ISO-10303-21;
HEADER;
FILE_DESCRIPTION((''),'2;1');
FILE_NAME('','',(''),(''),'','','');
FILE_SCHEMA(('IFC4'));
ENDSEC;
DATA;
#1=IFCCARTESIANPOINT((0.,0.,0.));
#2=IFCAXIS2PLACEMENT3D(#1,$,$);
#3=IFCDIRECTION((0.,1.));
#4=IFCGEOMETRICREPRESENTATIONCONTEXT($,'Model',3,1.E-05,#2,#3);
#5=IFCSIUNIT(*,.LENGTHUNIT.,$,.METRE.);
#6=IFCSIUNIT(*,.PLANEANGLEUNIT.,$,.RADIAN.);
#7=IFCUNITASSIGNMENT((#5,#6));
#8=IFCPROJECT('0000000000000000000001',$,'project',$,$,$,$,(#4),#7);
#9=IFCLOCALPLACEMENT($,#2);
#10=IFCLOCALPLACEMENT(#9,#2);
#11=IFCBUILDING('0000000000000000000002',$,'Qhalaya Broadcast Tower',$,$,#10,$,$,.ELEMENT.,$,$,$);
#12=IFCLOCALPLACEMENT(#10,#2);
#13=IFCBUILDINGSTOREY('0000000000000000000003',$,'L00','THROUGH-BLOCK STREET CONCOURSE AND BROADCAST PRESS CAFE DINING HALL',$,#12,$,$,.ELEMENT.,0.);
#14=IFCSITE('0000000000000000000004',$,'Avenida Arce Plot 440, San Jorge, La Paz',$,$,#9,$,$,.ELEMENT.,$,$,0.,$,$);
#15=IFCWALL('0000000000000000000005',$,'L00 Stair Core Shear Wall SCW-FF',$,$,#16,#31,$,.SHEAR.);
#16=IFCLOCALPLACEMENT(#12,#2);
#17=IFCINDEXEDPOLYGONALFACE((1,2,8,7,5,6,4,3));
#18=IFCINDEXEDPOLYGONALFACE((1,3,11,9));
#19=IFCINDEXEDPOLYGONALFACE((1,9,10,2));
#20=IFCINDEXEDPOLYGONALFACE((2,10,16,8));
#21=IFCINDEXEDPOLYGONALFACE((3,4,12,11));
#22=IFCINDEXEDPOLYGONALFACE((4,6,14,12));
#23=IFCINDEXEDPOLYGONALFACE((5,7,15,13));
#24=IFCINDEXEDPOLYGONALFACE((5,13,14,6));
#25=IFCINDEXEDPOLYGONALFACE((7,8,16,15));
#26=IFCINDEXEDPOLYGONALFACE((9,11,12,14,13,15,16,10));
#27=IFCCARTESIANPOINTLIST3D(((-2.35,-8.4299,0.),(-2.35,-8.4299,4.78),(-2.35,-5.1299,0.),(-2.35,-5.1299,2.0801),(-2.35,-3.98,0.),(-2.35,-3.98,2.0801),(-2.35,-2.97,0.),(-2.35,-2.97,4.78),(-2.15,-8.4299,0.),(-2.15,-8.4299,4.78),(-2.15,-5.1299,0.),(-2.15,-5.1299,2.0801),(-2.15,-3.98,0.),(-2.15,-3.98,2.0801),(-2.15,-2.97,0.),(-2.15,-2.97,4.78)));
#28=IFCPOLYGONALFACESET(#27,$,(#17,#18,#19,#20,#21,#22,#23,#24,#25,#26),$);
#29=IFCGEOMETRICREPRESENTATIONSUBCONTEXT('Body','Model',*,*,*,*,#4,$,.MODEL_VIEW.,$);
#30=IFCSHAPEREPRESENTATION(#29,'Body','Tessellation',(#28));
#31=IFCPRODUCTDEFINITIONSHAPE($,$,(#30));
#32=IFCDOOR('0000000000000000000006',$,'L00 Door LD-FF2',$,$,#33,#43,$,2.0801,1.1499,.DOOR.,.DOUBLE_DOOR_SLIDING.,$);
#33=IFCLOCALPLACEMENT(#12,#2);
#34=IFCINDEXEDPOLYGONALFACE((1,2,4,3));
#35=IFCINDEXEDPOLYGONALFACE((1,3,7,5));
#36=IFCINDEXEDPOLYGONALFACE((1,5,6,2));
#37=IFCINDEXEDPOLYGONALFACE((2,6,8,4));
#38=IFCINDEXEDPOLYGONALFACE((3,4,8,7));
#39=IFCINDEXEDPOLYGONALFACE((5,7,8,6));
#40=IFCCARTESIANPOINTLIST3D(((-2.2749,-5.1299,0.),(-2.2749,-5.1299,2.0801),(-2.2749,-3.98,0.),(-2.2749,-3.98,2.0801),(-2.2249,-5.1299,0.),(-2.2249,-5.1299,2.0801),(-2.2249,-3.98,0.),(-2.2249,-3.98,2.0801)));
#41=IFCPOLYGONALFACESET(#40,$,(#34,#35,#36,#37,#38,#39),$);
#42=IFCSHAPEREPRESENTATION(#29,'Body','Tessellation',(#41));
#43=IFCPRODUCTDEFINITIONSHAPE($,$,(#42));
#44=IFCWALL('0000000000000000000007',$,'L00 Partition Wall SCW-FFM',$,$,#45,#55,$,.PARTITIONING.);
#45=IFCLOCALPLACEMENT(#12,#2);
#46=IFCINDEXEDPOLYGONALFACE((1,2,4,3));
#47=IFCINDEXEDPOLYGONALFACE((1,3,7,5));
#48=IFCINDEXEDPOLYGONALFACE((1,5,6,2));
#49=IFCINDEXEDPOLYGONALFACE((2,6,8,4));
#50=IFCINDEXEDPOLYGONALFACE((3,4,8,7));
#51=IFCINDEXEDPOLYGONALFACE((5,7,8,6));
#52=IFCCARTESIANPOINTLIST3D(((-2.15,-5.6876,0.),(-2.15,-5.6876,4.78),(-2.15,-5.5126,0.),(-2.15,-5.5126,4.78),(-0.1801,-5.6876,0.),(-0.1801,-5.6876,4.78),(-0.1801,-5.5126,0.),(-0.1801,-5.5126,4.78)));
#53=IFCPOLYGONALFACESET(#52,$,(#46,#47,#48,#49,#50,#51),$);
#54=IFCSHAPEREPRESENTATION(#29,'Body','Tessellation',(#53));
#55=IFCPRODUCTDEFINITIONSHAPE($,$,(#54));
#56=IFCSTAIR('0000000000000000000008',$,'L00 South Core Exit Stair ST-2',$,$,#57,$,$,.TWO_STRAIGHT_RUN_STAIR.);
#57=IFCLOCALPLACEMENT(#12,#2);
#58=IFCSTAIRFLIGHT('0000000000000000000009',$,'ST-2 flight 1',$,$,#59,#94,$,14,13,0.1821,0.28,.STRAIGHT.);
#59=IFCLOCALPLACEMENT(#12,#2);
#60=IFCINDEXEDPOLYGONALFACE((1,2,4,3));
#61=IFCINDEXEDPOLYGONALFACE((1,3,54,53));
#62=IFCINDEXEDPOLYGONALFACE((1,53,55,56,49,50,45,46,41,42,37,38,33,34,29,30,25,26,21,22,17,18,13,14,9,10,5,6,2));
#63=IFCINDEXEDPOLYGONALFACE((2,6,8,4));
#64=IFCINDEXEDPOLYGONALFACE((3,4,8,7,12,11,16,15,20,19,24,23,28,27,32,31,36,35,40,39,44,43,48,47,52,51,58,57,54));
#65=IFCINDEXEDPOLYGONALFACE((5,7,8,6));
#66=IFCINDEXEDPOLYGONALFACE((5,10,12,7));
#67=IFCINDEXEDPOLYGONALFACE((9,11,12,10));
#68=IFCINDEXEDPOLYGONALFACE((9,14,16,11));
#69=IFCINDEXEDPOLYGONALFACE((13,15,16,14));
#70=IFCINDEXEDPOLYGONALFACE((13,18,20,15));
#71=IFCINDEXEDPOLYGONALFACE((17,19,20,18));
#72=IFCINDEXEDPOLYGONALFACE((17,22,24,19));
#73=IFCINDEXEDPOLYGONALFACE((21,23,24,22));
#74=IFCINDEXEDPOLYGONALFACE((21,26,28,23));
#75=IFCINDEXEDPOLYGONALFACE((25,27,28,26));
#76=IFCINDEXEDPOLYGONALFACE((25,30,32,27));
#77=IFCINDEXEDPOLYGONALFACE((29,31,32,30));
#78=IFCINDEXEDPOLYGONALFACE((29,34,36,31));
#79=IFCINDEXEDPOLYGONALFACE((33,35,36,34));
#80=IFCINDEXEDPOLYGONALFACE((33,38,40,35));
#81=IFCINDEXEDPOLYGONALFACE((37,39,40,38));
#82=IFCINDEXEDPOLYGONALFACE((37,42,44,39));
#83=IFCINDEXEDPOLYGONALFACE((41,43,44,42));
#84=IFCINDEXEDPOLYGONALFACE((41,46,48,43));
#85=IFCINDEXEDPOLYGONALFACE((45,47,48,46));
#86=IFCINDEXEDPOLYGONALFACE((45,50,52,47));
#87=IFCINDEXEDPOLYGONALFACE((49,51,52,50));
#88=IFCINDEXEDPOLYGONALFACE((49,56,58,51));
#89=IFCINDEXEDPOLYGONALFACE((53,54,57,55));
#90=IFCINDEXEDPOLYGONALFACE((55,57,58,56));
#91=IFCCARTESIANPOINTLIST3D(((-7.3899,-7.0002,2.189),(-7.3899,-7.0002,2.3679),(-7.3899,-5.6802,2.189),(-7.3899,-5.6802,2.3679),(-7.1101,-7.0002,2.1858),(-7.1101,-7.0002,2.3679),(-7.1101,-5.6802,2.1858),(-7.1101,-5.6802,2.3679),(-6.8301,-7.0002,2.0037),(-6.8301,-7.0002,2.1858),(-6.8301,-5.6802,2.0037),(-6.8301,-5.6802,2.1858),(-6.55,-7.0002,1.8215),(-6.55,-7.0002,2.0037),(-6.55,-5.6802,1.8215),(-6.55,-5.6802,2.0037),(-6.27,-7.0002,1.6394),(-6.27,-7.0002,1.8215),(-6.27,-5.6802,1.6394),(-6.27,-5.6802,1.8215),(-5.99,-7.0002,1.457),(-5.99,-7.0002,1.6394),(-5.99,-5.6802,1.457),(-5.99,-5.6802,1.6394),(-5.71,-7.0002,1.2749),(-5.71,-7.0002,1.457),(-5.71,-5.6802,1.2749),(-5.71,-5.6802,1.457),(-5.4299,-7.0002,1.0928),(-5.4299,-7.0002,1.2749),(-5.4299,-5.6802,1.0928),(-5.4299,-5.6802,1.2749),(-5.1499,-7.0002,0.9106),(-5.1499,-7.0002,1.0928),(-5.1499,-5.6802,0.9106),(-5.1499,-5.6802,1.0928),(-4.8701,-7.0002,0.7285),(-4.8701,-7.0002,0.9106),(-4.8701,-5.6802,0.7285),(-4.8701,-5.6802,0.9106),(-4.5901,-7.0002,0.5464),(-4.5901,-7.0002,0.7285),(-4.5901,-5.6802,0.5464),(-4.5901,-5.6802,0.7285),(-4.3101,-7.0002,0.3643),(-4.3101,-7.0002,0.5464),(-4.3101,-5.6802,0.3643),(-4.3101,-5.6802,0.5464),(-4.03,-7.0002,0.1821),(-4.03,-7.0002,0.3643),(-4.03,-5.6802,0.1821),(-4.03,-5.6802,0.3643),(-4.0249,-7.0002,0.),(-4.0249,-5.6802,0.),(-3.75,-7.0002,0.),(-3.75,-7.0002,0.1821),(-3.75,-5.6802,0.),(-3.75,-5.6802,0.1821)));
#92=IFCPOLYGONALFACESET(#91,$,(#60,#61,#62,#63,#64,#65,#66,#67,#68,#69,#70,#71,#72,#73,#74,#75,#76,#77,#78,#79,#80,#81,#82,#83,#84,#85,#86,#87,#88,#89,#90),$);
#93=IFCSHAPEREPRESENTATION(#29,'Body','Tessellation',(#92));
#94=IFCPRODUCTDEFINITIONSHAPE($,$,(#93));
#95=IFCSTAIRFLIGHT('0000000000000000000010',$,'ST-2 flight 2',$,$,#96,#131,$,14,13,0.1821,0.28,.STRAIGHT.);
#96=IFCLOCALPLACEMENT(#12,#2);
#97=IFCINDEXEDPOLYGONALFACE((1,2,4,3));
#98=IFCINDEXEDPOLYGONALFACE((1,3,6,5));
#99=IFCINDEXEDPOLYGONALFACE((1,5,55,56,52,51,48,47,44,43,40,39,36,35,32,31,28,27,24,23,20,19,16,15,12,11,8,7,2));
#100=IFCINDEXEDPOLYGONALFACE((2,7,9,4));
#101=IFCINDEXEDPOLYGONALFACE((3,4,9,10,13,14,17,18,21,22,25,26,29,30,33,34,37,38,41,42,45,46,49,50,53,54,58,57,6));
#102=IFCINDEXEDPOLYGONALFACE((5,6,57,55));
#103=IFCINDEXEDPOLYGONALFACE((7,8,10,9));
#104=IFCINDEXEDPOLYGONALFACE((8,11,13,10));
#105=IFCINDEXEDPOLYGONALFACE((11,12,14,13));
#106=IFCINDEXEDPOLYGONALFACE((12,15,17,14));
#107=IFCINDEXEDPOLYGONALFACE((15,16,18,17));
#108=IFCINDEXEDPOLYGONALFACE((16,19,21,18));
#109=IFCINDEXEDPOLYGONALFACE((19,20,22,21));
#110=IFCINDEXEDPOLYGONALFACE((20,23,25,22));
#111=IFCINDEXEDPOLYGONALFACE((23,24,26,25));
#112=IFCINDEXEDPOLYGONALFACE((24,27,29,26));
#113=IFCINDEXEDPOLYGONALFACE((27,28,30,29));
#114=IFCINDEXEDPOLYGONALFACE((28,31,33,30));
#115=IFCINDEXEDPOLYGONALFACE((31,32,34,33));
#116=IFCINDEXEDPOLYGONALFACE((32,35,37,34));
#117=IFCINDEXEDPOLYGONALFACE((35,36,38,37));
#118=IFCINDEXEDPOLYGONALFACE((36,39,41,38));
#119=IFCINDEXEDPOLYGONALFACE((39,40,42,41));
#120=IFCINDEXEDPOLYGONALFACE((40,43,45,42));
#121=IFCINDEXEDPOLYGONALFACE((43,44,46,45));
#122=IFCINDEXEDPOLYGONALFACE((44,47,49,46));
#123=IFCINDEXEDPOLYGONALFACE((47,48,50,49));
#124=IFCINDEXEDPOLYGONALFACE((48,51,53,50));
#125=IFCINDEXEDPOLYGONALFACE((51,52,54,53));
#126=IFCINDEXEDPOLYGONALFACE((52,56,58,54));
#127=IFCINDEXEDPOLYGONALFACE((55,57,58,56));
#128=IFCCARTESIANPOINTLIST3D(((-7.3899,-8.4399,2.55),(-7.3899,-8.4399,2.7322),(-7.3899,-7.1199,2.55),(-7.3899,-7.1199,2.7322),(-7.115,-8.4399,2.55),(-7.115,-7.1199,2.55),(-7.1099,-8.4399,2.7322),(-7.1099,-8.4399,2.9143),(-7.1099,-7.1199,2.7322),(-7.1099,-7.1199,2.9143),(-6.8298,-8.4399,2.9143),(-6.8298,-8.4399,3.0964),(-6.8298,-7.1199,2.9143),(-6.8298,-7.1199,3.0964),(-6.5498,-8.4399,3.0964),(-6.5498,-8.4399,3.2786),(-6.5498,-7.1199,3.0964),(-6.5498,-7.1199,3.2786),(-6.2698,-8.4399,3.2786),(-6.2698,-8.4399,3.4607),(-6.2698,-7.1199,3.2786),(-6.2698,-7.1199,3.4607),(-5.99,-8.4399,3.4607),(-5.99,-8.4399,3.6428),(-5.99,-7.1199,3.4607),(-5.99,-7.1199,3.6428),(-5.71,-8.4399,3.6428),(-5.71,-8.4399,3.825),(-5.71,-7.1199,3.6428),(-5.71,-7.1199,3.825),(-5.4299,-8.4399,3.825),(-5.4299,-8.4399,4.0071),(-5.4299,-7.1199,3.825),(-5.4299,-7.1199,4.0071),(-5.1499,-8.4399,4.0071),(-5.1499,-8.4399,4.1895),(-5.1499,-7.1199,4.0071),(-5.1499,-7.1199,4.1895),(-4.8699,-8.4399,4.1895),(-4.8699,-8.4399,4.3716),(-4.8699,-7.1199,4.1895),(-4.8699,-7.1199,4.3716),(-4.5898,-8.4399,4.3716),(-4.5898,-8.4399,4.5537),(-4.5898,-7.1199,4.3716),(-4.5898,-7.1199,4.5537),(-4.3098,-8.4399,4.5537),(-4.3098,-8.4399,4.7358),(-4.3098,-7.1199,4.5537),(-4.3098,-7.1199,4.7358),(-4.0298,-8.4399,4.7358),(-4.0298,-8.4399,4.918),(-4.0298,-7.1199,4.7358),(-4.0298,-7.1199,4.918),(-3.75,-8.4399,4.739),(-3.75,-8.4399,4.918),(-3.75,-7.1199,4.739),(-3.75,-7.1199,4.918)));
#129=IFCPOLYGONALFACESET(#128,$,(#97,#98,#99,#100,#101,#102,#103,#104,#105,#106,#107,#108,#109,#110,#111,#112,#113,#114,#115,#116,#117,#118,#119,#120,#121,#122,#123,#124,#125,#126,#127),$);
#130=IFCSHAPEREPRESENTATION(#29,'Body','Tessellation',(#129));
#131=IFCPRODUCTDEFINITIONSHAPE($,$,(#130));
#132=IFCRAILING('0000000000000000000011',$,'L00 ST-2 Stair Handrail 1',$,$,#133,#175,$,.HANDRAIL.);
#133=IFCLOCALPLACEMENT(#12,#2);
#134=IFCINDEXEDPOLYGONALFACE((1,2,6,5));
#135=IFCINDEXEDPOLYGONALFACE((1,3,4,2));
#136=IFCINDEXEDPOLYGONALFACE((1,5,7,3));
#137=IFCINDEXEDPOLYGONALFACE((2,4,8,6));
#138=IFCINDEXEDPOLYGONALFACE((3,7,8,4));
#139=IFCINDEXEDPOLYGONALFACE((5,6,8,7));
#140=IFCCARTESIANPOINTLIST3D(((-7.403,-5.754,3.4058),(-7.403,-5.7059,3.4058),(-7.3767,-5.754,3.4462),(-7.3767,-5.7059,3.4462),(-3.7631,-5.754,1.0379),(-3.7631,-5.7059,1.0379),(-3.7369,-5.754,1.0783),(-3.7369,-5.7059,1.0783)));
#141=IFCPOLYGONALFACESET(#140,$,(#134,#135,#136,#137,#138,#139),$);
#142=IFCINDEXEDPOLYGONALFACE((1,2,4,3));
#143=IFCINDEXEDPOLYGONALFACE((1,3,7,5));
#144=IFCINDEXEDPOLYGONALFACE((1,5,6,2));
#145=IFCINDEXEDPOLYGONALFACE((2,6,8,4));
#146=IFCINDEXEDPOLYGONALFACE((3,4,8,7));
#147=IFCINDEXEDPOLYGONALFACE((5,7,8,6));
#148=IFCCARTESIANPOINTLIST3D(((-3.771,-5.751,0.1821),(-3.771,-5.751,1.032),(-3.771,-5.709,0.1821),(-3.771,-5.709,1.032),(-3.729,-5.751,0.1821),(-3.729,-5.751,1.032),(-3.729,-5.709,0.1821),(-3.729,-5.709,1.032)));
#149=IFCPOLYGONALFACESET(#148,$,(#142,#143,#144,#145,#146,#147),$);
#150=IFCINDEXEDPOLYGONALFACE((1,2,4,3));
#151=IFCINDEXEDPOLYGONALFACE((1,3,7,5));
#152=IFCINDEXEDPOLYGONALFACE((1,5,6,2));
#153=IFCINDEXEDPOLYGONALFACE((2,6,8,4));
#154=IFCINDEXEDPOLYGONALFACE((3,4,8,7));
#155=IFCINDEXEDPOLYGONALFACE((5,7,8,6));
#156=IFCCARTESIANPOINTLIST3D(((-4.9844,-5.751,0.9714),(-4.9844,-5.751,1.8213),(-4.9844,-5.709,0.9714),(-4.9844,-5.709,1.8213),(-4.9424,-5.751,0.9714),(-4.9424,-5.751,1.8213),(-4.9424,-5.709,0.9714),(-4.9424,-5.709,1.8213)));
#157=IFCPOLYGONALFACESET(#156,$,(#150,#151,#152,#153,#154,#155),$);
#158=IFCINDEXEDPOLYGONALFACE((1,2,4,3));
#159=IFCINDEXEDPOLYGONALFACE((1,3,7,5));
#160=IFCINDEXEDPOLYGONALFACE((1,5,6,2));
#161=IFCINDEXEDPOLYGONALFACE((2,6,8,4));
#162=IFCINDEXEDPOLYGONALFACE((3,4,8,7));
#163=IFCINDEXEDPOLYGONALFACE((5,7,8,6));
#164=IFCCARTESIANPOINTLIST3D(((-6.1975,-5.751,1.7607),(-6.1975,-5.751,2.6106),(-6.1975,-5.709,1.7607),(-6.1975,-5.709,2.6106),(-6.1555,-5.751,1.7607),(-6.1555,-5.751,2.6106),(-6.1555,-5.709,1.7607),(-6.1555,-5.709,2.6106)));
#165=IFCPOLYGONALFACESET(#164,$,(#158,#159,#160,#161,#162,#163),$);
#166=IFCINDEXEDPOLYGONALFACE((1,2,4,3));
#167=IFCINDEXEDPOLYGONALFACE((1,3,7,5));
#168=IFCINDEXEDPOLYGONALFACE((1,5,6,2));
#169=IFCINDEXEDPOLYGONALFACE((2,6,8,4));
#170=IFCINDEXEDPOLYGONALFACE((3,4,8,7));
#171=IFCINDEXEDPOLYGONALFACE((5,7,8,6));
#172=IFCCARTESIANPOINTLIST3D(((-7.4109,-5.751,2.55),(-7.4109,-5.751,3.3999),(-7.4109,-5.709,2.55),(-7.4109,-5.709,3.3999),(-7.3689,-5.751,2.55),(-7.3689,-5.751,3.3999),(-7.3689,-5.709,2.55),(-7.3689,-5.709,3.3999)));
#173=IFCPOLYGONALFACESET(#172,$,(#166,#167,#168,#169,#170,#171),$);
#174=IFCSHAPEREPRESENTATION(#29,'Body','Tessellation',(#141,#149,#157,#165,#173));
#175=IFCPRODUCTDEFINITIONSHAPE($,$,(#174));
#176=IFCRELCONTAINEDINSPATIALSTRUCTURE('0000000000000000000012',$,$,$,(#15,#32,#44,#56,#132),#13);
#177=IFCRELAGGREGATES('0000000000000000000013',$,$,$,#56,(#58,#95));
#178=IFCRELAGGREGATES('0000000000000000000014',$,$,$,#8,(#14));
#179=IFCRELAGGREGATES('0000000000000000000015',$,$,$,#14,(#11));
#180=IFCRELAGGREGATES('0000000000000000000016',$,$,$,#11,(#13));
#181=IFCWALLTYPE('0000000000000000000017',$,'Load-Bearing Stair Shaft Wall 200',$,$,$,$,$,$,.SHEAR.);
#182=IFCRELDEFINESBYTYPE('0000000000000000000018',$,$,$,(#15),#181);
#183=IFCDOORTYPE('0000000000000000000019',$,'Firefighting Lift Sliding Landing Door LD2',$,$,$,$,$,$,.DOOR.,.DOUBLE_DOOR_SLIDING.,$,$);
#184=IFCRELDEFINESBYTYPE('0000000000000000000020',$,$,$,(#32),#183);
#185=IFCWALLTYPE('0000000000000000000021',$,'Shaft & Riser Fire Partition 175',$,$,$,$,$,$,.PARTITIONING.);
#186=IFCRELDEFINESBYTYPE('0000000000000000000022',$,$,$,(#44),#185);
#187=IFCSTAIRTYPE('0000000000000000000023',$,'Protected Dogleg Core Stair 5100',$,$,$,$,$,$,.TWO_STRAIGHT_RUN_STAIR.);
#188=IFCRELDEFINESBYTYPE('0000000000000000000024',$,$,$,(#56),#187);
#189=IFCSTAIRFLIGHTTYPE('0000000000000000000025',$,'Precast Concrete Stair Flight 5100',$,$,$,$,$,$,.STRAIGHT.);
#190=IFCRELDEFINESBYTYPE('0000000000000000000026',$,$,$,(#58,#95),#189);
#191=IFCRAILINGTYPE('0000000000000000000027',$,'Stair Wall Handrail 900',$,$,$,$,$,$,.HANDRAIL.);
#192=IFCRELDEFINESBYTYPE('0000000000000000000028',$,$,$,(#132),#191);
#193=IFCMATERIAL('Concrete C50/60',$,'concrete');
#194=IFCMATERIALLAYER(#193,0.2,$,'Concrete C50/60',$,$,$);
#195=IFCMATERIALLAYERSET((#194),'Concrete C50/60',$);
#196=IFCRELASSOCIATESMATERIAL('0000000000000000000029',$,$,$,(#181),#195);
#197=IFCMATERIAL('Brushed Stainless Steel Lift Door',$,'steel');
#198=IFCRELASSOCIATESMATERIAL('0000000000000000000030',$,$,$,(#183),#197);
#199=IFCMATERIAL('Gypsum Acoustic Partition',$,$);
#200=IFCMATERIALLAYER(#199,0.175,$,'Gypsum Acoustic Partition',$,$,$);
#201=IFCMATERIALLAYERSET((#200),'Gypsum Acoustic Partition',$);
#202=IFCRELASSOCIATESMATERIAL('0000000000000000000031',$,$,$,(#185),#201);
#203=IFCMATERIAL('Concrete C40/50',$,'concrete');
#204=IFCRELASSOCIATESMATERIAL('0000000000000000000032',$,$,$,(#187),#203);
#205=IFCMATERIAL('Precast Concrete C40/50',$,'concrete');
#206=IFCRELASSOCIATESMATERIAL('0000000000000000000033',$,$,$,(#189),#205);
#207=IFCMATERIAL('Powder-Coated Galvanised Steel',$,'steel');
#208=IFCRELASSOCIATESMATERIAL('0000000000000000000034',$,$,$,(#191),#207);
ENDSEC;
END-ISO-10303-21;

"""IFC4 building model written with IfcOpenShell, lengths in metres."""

from ifc_helpers import new_model, si_unit, direction, frame, frame_2d, origin, origin_2d, place, context, subcontext, project, spatial, polyline, rectangle, outline, extrude, material, layer, layer_set, type_object, element, fill, aggregate, save


model = new_model("IFC4")

# Units and contexts
model_context = context("Model", 3, precision=1e-05, world=origin(), true_north=direction((0.0, 1.0)))
body_context = subcontext(model_context, "Body", "Model", "MODEL_VIEW")
ifc_project = project(units=[si_unit("LENGTHUNIT", "METRE"), si_unit("PLANEANGLEUNIT", "RADIAN")], contexts=[model_context])

# Site, building, storey
site_placement = place(None, origin())
site = spatial("IfcSite", under=ifc_project, at=site_placement, Name="Avenida Arce Plot 440, San Jorge, La Paz", CompositionType="ELEMENT", RefElevation=0.0)
building_placement = place(site_placement, origin())
building = spatial("IfcBuilding", under=site, at=building_placement, Name="Qhalaya Broadcast Tower", CompositionType="ELEMENT")
storey_placement = place(building_placement, origin())
storey = spatial("IfcBuildingStorey", under=building, at=storey_placement, Name="L00", Description="THROUGH-BLOCK STREET CONCOURSE AND BROADCAST PRESS CAFE DINING HALL", CompositionType="ELEMENT", Elevation=0.0)

# Shared definitions
ifc_material_1 = material(Name="Concrete C50/60", Category="concrete")

# Wall, opening, door
ifc_layer_1 = layer(ifc_material_1, 0.2, Name="Concrete C50/60")
ifc_layer_set_1 = layer_set([ifc_layer_1], Name="Concrete C50/60")
wall_type_1 = type_object("IfcWallType", Name="Load-Bearing Stair Shaft Wall 200", PredefinedType="SHEAR", material=ifc_layer_set_1)
wall_1_placement = place(storey_placement, frame((-2.25, -8.4299, 0.0), z_axis=(0.0, 0.0, 1.0), x_axis=(0.0, 1.0, 0.0)))
wall_1 = element("IfcWall", 1, at=wall_1_placement, inside=storey, type_object=wall_type_1, Name="L00 Stair Core Shear Wall SCW-FF", PredefinedType="SHEAR", context=body_context, shape_type="SweptSolid", body=[
    extrude(rectangle(XDim=5.46, YDim=0.2, at=frame_2d((2.73, 0.0))), origin(), (0.0, 0.0, 1.0), 4.78),
])
opening_1_placement = place(wall_1_placement, frame((3.3, 0.0, 0.0)))
opening_1 = element("IfcOpeningElement", 2, at=opening_1_placement, cuts=wall_1, PredefinedType="OPENING", context=body_context, shape_type="SweptSolid", body=[
    extrude(rectangle(XDim=1.1499, YDim=2.0801, at=frame_2d((0.575, 1.04))), frame((0.0, 0.1121, 0.0), z_axis=(0.0, -1.0, 0.0), x_axis=(1.0, 0.0, 0.0)), (0.0, 0.0, 1.0), 0.2239),
])
ifc_material_2 = material(Name="Brushed Stainless Steel Lift Door", Category="steel")
door_type_1 = type_object("IfcDoorType", Name="Firefighting Lift Sliding Landing Door LD2", OperationType="DOUBLE_DOOR_SLIDING", PredefinedType="DOOR", material=ifc_material_2)
door_1_placement = place(opening_1_placement, origin())
door_1 = element("IfcDoor", 3, at=door_1_placement, inside=storey, type_object=door_type_1, Name="L00 Door LD-FF2", OperationType="DOUBLE_DOOR_SLIDING", OverallHeight=2.0801, OverallWidth=1.1499, PredefinedType="DOOR", context=body_context, shape_type="SweptSolid", body=[
    extrude(rectangle(XDim=1.1499, YDim=2.0801, at=frame_2d((0.575, 1.04))), frame((0.0, 0.0249, 0.0), z_axis=(0.0, -1.0, 0.0), x_axis=(1.0, 0.0, 0.0)), (0.0, 0.0, 1.0), 0.05),
])
fill(opening_1, door_1)

# Wall
ifc_material_3 = material(Name="Gypsum Acoustic Partition")
ifc_layer_2 = layer(ifc_material_3, 0.175, Name="Gypsum Acoustic Partition")
ifc_layer_set_2 = layer_set([ifc_layer_2], Name="Gypsum Acoustic Partition")
wall_type_2 = type_object("IfcWallType", Name="Shaft & Riser Fire Partition 175", PredefinedType="PARTITIONING", material=ifc_layer_set_2)
wall_2_placement = place(storey_placement, frame((-2.1499, -5.6001, 0.0), z_axis=(0.0, 0.0, 1.0), x_axis=(1.0, 0.0, 0.0)))
element("IfcWall", 4, at=wall_2_placement, inside=storey, type_object=wall_type_2, Name="L00 Partition Wall SCW-FFM", PredefinedType="PARTITIONING", context=body_context, shape_type="SweptSolid", body=[
    extrude(rectangle(XDim=1.97, YDim=0.175, at=frame_2d((0.9849, 0.0))), origin(), (0.0, 0.0, 1.0), 4.78),
])

# Stair, stair flights
ifc_material_4 = material(Name="Concrete C40/50", Category="concrete")
stair_type = type_object("IfcStairType", Name="Protected Dogleg Core Stair 5100", PredefinedType="TWO_STRAIGHT_RUN_STAIR", material=ifc_material_4)
stair_placement = place(storey_placement, origin())
stair = element("IfcStair", 5, at=stair_placement, inside=storey, type_object=stair_type, Name="L00 South Core Exit Stair ST-2", PredefinedType="TWO_STRAIGHT_RUN_STAIR")
ifc_material_5 = material(Name="Precast Concrete C40/50", Category="concrete")
stair_flight_type = type_object("IfcStairFlightType", Name="Precast Concrete Stair Flight 5100", PredefinedType="STRAIGHT", material=ifc_material_5)
stair_flight_1_placement = place(storey_placement, frame((-3.75, -6.3401, 0.0), z_axis=(0.0, 0.0, 1.0), x_axis=(-1.0, 0.0, 0.0)))
stair_flight_1 = element("IfcStairFlight", 6, at=stair_flight_1_placement, type_object=stair_flight_type, Name="ST-2 flight 1", NumberOfRisers=14, NumberOfTreads=13, PredefinedType="STRAIGHT", RiserHeight=0.1821, TreadLength=0.28, context=body_context, shape_type="SweptSolid", body=[
    extrude(outline(polyline([(0.0, 0.0), (0.0, 0.1821), (0.28, 0.1821), (0.28, 0.3643), (0.5601, 0.3643), (0.5601, 0.5464), (0.8401, 0.5464), (0.8401, 0.7285), (1.1201, 0.7285), (1.1201, 0.9106), (1.3999, 0.9106), (1.3999, 1.0928), (1.6799, 1.0928), (1.6799, 1.2749), (1.96, 1.2749), (1.96, 1.457), (2.24, 1.457), (2.24, 1.6394), (2.52, 1.6394), (2.52, 1.8215), (2.8, 1.8215), (2.8, 2.0037), (3.0801, 2.0037), (3.0801, 2.1858), (3.3601, 2.1858), (3.3601, 2.3679), (3.6399, 2.3679), (3.6399, 2.55), (3.6399, 2.189), (0.2749, 0.0), (0.0, 0.0)])), frame((0.0, 0.6602, 0.0), z_axis=(0.0, -1.0, 0.0), x_axis=(1.0, 0.0, 0.0)), (0.0, 0.0, 1.0), 1.3201),
])
stair_flight_2_placement = place(storey_placement, frame((-7.3899, -7.78, 2.55), z_axis=(0.0, 0.0, 1.0), x_axis=(1.0, 0.0, 0.0)))
stair_flight_2 = element("IfcStairFlight", 7, at=stair_flight_2_placement, type_object=stair_flight_type, Name="ST-2 flight 2", NumberOfRisers=14, NumberOfTreads=13, PredefinedType="STRAIGHT", RiserHeight=0.1821, TreadLength=0.28, context=body_context, shape_type="SweptSolid", body=[
    extrude(outline(polyline([(0.0, 0.0), (0.0, 0.1821), (0.28, 0.1821), (0.28, 0.3643), (0.5601, 0.3643), (0.5601, 0.5464), (0.8401, 0.5464), (0.8401, 0.7285), (1.1201, 0.7285), (1.1201, 0.9106), (1.3999, 0.9106), (1.3999, 1.0928), (1.6799, 1.0928), (1.6799, 1.2749), (1.96, 1.2749), (1.96, 1.457), (2.24, 1.457), (2.24, 1.6394), (2.52, 1.6394), (2.52, 1.8215), (2.8, 1.8215), (2.8, 2.0037), (3.0801, 2.0037), (3.0801, 2.1858), (3.3601, 2.1858), (3.3601, 2.3679), (3.6399, 2.3679), (3.6399, 2.55), (3.6399, 2.189), (0.2749, 0.0), (0.0, 0.0)])), frame((0.0, 0.6602, 0.0), z_axis=(0.0, -1.0, 0.0), x_axis=(1.0, 0.0, 0.0)), (0.0, 0.0, 1.0), 1.3201),
])
aggregate(stair, [stair_flight_1, stair_flight_2])

# Railing
ifc_material_6 = material(Name="Powder-Coated Galvanised Steel", Category="steel")
railing_type_1 = type_object("IfcRailingType", Name="Stair Wall Handrail 900", PredefinedType="HANDRAIL", material=ifc_material_6)
railing_1_placement = place(storey_placement, frame((-3.75, -5.73, 0.1821)))
element("IfcRailing", 8, at=railing_1_placement, inside=storey, type_object=railing_type_1, Name="L00 ST-2 Stair Handrail 1", PredefinedType="HANDRAIL", context=body_context, shape_type="SweptSolid", body=[
    extrude(rectangle(XDim=0.0481, YDim=0.0481, at=origin_2d()), frame((0.0, 0.0, 0.876), z_axis=(-0.838234, 0.0, 0.54531), x_axis=(0.0, -1.0, 0.0)), (0.0, 0.0, 1.0), 4.3423),
    extrude(rectangle(XDim=0.042, YDim=0.042, at=origin_2d()), origin(), (0.0, 0.0, 1.0), 0.8499),
    extrude(rectangle(XDim=0.042, YDim=0.042, at=origin_2d()), frame((-1.2134, 0.0, 0.7893)), (0.0, 0.0, 1.0), 0.8499),
    extrude(rectangle(XDim=0.042, YDim=0.042, at=origin_2d()), frame((-2.4265, 0.0, 1.5786)), (0.0, 0.0, 1.0), 0.8499),
    extrude(rectangle(XDim=0.042, YDim=0.042, at=origin_2d()), frame((-3.6399, 0.0, 2.3679)), (0.0, 0.0, 1.0), 0.8499),
])

save(model, "model.ifc")
